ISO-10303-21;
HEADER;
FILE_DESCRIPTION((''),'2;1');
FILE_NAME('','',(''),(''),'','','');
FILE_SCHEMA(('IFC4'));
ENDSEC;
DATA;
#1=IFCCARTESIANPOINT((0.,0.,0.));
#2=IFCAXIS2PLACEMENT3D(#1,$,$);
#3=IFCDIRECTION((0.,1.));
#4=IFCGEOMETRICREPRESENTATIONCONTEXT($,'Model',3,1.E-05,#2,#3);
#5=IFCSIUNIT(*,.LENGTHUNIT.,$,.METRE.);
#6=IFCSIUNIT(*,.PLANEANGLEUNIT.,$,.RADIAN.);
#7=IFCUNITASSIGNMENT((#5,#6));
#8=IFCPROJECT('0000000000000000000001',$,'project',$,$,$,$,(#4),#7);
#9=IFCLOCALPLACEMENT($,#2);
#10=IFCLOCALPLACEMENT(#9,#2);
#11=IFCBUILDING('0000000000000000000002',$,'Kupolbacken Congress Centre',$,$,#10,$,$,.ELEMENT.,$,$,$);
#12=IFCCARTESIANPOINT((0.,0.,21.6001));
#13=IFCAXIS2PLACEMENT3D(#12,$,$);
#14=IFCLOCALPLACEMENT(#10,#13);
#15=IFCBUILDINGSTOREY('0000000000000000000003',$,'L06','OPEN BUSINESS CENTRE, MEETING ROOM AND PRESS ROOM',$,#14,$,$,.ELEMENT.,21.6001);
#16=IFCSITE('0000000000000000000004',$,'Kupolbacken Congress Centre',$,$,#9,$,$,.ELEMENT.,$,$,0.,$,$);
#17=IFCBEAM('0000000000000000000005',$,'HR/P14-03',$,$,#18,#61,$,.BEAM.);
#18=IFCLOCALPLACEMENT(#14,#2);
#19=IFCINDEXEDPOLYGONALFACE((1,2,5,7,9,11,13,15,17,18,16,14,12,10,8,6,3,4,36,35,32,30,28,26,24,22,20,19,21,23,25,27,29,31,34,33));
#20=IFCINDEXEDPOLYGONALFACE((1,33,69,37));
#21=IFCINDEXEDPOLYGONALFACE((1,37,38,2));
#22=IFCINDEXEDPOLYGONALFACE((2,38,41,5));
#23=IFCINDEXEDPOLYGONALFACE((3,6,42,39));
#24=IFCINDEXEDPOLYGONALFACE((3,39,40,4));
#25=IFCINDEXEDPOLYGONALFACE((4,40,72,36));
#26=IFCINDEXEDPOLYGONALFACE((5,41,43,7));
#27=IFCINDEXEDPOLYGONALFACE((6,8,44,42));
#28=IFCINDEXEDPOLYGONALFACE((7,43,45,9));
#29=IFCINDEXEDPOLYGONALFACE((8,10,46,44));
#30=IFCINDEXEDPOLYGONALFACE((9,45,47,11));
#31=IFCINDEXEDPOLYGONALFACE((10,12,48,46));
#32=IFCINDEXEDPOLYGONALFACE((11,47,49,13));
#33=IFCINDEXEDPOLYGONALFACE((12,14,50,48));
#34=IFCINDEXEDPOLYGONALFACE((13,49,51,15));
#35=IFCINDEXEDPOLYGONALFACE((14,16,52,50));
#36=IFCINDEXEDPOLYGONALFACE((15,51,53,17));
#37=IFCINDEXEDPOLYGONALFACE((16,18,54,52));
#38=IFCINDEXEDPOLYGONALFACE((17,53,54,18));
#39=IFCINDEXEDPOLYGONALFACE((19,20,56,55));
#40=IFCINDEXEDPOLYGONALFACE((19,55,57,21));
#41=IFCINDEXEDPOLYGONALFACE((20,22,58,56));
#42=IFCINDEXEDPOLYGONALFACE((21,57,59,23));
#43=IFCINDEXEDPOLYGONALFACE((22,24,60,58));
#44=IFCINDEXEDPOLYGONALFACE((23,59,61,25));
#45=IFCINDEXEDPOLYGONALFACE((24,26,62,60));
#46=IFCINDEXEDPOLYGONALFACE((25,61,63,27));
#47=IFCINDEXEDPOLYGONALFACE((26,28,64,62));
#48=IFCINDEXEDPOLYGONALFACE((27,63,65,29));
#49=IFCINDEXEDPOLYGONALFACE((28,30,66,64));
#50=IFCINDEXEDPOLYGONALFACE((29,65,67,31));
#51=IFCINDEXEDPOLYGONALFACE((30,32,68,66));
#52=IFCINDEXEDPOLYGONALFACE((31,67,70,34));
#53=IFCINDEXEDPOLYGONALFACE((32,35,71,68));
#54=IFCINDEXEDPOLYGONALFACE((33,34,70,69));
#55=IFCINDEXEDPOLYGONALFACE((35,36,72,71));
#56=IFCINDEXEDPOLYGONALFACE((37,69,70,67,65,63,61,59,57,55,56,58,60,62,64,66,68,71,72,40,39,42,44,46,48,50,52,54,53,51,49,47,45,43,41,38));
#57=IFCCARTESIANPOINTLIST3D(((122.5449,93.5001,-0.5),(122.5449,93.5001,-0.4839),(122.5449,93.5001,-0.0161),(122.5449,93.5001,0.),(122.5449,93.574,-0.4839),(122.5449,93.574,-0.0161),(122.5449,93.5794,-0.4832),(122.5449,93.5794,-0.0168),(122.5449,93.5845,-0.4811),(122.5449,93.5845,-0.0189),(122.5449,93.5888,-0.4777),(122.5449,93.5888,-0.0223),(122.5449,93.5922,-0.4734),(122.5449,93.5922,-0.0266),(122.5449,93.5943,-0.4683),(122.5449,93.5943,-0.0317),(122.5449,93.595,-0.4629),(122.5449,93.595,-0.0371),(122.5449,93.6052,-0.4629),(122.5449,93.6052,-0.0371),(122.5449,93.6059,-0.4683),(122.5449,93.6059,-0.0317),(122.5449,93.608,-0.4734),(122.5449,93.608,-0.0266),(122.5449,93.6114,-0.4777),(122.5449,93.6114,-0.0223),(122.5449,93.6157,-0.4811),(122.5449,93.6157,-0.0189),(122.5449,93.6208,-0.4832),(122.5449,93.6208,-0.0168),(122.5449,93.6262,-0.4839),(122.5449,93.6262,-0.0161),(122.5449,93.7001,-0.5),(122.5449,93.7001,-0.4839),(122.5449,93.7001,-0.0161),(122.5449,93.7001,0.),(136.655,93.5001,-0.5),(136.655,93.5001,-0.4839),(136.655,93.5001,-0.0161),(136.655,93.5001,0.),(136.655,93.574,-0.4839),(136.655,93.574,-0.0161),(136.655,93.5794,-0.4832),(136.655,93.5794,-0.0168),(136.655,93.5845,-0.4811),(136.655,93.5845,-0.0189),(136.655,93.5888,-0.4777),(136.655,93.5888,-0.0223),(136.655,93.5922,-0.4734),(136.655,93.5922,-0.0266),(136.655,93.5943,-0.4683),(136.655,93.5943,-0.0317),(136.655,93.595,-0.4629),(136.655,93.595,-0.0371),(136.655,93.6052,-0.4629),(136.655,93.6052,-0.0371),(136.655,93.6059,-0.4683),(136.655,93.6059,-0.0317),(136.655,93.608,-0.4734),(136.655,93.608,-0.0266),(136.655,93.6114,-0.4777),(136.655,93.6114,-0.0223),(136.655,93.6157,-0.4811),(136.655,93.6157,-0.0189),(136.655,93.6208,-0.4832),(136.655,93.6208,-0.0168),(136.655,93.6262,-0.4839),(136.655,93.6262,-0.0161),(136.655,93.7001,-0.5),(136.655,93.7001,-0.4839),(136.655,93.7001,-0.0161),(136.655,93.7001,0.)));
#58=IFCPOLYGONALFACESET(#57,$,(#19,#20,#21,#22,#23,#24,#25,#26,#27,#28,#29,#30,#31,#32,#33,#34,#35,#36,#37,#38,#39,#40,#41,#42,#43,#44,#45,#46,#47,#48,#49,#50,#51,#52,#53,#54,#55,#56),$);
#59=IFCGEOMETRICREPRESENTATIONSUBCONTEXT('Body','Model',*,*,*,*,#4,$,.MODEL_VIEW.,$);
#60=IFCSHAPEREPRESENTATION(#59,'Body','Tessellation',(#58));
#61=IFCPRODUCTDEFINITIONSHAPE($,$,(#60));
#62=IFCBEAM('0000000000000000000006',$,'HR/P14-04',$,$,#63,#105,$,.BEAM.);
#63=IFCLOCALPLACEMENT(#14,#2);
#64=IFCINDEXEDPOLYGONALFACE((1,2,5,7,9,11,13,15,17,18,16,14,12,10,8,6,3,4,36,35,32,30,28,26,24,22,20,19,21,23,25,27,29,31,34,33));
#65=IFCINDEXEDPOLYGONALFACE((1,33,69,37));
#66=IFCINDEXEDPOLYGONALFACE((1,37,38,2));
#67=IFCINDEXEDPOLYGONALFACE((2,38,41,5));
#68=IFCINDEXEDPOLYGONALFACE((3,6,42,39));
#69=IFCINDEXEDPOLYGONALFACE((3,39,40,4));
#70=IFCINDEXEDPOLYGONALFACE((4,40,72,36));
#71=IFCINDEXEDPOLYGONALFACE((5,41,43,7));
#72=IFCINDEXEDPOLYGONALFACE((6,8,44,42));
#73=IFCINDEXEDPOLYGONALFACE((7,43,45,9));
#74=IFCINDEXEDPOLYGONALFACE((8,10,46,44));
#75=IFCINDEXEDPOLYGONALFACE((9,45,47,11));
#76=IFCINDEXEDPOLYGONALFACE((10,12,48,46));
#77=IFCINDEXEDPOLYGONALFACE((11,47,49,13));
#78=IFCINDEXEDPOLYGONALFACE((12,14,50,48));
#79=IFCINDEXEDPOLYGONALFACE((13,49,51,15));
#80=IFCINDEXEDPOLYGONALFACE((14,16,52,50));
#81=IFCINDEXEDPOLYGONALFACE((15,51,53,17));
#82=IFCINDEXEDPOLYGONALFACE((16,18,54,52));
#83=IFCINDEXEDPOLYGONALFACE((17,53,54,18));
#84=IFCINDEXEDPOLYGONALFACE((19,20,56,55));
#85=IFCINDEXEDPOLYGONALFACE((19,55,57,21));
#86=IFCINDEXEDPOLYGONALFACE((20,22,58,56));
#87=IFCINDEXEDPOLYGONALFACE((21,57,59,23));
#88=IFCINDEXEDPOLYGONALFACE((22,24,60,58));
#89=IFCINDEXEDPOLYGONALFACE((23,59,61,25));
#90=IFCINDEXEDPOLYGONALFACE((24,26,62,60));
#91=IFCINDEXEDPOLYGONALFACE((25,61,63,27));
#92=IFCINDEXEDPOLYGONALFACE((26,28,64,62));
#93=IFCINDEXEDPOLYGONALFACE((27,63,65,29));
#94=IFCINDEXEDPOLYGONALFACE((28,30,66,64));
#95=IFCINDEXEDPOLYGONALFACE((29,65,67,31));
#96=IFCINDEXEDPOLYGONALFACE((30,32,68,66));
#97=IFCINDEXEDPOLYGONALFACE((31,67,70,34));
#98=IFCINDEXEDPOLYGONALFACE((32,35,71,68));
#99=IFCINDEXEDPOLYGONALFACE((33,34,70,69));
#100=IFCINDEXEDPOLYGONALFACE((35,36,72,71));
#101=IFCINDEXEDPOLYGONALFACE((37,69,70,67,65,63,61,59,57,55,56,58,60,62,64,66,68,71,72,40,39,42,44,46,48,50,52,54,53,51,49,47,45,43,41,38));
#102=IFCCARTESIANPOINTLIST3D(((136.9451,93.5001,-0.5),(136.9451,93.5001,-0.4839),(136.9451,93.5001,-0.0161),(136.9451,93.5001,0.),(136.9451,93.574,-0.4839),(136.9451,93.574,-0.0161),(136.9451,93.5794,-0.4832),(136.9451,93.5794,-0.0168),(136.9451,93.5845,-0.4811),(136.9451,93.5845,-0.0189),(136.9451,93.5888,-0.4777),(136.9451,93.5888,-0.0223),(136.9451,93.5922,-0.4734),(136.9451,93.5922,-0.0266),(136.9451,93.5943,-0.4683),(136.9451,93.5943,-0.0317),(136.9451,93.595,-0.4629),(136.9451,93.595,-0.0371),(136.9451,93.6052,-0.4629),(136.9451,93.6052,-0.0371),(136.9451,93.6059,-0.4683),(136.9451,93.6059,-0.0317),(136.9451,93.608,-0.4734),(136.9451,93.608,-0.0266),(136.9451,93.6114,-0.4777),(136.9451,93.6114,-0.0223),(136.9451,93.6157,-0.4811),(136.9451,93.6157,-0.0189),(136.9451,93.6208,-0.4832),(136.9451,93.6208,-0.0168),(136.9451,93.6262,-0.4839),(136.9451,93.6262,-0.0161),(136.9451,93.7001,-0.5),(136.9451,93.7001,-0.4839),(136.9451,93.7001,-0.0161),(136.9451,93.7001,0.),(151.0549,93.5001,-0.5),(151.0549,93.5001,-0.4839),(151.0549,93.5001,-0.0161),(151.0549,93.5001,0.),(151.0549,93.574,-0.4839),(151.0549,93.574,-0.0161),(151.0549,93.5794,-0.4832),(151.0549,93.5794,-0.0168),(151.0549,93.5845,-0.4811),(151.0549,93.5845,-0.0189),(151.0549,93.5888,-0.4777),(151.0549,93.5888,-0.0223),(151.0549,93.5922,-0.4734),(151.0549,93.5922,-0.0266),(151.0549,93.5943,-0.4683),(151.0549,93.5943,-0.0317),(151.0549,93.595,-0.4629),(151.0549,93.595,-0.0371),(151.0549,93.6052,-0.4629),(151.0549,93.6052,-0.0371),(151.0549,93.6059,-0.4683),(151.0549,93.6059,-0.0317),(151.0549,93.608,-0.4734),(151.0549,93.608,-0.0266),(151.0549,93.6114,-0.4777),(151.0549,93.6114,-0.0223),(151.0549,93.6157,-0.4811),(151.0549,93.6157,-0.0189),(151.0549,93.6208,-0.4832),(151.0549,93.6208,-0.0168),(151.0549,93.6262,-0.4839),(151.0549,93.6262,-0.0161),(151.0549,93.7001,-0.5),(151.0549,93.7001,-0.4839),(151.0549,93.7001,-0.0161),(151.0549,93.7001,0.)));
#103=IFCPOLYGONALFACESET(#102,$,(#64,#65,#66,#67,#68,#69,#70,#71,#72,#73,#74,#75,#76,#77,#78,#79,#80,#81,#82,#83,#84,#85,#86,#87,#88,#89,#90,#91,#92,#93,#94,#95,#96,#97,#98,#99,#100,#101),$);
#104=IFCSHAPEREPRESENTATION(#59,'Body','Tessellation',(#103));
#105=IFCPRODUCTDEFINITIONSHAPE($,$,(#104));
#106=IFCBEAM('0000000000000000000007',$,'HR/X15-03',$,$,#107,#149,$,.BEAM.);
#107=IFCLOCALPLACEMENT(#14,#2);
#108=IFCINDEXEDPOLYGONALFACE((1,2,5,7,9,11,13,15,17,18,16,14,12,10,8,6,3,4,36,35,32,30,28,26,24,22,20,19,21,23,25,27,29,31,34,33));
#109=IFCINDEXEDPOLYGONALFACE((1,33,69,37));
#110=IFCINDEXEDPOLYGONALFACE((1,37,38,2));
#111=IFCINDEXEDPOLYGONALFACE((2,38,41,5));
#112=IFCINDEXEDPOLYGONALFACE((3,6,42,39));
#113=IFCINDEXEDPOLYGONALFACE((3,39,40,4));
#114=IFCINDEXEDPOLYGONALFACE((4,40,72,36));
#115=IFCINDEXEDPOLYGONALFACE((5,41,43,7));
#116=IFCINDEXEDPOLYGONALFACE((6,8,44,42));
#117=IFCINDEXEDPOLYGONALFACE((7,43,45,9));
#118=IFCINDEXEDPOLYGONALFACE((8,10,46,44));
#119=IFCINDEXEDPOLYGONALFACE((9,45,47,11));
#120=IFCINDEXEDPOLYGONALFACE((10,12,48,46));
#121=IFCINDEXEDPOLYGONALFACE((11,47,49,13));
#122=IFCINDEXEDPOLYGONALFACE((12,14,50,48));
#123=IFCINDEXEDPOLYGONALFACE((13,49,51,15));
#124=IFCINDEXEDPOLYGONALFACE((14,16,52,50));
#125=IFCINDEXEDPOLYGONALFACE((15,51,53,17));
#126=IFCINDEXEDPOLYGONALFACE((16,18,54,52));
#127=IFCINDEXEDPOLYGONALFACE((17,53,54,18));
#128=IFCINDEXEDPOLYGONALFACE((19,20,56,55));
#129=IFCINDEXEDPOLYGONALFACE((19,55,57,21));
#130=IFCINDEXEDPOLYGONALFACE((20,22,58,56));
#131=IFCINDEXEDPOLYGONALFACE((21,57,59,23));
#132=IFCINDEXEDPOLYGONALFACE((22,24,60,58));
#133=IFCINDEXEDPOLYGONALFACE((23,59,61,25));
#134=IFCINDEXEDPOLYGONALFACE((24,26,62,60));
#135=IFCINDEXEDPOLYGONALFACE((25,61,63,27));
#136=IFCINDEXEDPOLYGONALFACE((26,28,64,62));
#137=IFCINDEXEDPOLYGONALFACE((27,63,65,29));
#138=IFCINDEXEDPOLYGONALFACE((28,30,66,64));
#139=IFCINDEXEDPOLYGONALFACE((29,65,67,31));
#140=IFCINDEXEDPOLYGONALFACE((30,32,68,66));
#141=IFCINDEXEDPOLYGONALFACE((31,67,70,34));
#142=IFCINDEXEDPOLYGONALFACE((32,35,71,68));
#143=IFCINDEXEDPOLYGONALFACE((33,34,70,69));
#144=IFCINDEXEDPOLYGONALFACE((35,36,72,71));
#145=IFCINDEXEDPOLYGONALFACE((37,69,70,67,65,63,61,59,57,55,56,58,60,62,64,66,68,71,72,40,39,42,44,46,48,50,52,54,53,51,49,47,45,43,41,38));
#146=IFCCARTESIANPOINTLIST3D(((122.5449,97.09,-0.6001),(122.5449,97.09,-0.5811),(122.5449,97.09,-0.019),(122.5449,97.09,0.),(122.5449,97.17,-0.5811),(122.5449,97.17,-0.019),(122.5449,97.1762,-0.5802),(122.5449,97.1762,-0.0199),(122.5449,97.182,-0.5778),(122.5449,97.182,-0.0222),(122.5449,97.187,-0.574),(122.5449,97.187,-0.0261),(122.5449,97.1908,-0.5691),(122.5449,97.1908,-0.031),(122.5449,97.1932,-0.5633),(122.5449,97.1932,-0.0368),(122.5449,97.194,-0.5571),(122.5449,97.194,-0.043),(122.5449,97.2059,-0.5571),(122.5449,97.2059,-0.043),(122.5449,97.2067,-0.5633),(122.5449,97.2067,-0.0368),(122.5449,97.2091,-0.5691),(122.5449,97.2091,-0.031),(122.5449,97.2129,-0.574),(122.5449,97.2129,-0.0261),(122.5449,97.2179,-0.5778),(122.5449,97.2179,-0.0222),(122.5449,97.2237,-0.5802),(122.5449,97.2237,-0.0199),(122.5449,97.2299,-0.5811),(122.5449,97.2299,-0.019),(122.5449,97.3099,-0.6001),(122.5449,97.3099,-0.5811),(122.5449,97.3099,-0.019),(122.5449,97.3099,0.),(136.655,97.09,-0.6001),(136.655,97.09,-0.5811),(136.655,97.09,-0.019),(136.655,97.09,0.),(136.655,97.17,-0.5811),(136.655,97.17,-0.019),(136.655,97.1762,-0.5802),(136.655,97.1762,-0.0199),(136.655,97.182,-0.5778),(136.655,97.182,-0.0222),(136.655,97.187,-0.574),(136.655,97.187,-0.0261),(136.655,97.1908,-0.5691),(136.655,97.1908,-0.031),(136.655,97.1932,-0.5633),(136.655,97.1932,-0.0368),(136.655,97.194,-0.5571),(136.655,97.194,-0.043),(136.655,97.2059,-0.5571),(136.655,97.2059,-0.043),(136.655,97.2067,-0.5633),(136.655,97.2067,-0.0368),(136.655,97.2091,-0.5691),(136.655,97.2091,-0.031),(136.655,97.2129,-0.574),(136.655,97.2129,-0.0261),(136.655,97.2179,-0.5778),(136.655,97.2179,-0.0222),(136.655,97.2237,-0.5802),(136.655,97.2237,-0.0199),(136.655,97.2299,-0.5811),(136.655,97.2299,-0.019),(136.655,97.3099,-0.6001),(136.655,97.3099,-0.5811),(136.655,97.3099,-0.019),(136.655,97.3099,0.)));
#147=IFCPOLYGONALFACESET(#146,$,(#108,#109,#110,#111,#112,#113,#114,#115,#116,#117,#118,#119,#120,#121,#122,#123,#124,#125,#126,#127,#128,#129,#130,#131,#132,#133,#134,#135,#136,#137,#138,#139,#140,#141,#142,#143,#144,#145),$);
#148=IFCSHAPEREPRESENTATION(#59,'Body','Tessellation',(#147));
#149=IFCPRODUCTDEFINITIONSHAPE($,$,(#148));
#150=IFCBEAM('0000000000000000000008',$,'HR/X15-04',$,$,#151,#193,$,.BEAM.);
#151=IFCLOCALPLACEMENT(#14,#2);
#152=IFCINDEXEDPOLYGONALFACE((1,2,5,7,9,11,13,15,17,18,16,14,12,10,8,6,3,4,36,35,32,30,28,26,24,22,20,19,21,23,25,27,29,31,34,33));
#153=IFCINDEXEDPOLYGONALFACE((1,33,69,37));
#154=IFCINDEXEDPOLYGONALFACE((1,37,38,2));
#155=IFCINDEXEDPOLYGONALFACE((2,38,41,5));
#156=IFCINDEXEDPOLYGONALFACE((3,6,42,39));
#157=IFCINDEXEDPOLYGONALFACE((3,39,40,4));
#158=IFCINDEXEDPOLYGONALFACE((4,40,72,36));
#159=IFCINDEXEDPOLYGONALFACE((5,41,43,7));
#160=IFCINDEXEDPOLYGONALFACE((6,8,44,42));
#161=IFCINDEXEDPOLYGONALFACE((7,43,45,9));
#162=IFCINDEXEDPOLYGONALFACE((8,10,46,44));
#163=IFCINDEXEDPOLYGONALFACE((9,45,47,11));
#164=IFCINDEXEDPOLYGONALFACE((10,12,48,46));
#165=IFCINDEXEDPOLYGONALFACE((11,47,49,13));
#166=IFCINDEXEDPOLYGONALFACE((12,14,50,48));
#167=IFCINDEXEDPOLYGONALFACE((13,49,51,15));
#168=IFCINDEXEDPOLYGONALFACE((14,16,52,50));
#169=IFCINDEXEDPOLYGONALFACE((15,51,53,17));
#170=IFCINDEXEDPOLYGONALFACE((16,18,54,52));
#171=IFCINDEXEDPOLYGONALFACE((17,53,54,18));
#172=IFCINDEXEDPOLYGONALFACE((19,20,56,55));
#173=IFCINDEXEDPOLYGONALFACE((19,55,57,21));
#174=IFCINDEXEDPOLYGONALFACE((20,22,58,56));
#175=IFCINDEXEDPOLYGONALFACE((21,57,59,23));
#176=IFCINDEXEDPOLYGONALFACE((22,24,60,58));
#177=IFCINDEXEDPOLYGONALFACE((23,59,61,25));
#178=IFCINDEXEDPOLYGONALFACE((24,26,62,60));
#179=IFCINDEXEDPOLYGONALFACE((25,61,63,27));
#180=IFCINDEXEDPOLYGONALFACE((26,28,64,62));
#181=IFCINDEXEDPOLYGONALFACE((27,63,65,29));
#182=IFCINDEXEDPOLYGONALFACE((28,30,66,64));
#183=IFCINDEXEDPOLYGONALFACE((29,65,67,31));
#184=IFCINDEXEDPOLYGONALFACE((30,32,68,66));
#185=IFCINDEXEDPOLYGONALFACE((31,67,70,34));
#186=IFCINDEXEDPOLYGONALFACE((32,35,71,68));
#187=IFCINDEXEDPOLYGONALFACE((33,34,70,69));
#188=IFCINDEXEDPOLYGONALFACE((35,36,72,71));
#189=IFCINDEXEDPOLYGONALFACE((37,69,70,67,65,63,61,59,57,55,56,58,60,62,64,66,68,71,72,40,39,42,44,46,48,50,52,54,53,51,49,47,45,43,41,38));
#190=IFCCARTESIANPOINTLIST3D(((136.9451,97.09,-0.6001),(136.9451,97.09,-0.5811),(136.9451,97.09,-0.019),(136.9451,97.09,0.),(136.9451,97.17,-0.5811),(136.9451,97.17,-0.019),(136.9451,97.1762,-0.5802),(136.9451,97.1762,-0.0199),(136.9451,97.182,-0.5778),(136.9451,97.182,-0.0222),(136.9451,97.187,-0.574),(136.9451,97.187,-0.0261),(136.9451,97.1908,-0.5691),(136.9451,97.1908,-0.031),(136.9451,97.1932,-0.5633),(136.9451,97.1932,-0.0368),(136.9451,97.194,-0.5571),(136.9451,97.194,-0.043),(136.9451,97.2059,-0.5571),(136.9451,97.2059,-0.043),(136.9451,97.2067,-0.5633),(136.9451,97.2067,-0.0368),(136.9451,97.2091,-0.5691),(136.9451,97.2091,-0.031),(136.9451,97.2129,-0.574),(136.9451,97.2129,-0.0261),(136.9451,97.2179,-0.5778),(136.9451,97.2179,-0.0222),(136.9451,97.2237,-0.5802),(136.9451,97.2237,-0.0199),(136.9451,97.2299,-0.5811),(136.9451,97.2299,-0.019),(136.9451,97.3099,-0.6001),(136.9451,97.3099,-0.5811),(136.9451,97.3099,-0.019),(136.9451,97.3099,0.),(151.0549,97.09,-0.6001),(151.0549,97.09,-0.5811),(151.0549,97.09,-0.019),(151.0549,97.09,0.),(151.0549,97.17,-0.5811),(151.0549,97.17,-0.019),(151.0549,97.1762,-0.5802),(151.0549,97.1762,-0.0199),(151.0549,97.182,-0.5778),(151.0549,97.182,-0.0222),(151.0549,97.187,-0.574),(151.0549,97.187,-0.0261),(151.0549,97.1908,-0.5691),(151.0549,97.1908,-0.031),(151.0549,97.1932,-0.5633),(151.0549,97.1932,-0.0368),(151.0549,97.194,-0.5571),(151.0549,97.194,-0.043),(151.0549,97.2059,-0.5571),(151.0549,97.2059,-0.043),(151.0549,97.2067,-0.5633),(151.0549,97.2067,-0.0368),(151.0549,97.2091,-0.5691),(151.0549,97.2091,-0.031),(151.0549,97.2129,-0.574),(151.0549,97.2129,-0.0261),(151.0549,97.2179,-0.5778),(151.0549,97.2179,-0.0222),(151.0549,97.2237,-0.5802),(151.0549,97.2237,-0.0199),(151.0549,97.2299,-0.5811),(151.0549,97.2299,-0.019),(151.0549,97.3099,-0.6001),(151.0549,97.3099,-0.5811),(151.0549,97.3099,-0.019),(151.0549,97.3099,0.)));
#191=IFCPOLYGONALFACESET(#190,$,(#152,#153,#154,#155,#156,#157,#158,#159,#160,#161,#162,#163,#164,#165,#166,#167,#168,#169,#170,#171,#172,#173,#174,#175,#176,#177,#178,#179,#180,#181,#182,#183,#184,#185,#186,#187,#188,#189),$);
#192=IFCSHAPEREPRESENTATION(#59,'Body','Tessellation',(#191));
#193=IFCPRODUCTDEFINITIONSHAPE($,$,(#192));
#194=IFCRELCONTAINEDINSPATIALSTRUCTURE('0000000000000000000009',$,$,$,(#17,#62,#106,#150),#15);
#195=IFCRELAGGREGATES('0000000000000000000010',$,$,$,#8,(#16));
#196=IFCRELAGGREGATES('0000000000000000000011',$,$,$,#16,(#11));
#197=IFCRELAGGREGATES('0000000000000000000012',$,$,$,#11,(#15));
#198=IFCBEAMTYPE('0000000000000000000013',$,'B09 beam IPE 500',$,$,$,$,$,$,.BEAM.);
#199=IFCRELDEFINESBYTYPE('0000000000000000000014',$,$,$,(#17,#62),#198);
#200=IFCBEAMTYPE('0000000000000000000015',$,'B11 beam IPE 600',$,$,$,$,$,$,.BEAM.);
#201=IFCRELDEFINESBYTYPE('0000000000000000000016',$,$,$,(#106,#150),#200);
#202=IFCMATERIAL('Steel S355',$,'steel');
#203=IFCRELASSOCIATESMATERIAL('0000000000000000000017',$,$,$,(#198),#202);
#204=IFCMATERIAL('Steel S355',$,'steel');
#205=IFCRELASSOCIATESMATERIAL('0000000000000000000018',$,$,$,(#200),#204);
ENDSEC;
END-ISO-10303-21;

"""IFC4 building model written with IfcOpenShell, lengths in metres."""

from ifc_helpers import new_model, si_unit, direction, frame, origin, origin_2d, place, context, subcontext, project, spatial, i_section, extrude, material, material_profile, profile_set, type_object, element, save


model = new_model("IFC4")

# Units and contexts
model_context = context("Model", 3, precision=1e-05, world=origin(), true_north=direction((0.0, 1.0)))
body_context = subcontext(model_context, "Body", "Model", "MODEL_VIEW")
ifc_project = project(units=[si_unit("LENGTHUNIT", "METRE"), si_unit("PLANEANGLEUNIT", "RADIAN")], contexts=[model_context])

# Site, building, storey
site_placement = place(None, origin())
site = spatial("IfcSite", under=ifc_project, at=site_placement, Name="Kupolbacken Congress Centre", CompositionType="ELEMENT", RefElevation=0.0)
building_placement = place(site_placement, origin())
building = spatial("IfcBuilding", under=site, at=building_placement, Name="Kupolbacken Congress Centre", CompositionType="ELEMENT")
storey_placement = place(building_placement, frame((0.0, 0.0, 21.6001)))
storey = spatial("IfcBuildingStorey", under=building, at=storey_placement, Name="L06", Description="OPEN BUSINESS CENTRE, MEETING ROOM AND PRESS ROOM", CompositionType="ELEMENT", Elevation=21.6001)

# Beams
ifc_material_1 = material(Name="Steel S355", Category="steel")
ifc_material_profile_1 = material_profile(ifc_material_1, i_section(OverallWidth=0.2, OverallDepth=0.5, WebThickness=0.0103, FlangeThickness=0.0161, FilletRadius=0.021, at=origin_2d()), Name="IPE 500")
ifc_profile_set_1 = profile_set([ifc_material_profile_1], Name="Steel S355")
beam_type_1 = type_object("IfcBeamType", Name="B09 beam IPE 500", PredefinedType="BEAM", material=ifc_profile_set_1)
beam_1_placement = place(storey_placement, frame((122.5449, 93.6001, -0.25), z_axis=(1.0, 0.0, 0.0), x_axis=(0.0, 1.0, 0.0)))
element("IfcBeam", 1, at=beam_1_placement, inside=storey, type_object=beam_type_1, Name="HR/P14-03", PredefinedType="BEAM", context=body_context, shape_type="SweptSolid", body=[
    extrude(i_section(OverallWidth=0.2, OverallDepth=0.5, WebThickness=0.0103, FlangeThickness=0.0161, FilletRadius=0.021, at=origin_2d()), origin(), (0.0, 0.0, 1.0), 14.1101),
])
beam_2_placement = place(storey_placement, frame((136.9451, 93.6001, -0.25), z_axis=(1.0, 0.0, 0.0), x_axis=(0.0, 1.0, 0.0)))
element("IfcBeam", 2, at=beam_2_placement, inside=storey, type_object=beam_type_1, Name="HR/P14-04", PredefinedType="BEAM", context=body_context, shape_type="SweptSolid", body=[
    extrude(i_section(OverallWidth=0.2, OverallDepth=0.5, WebThickness=0.0103, FlangeThickness=0.0161, FilletRadius=0.021, at=origin_2d()), origin(), (0.0, 0.0, 1.0), 14.1099),
])
ifc_material_2 = material(Name="Steel S355", Category="steel")
ifc_material_profile_2 = material_profile(ifc_material_2, i_section(OverallWidth=0.22, OverallDepth=0.6001, WebThickness=0.012, FlangeThickness=0.019, FilletRadius=0.0239, at=origin_2d()), Name="IPE 600")
ifc_profile_set_2 = profile_set([ifc_material_profile_2], Name="Steel S355")
beam_type_2 = type_object("IfcBeamType", Name="B11 beam IPE 600", PredefinedType="BEAM", material=ifc_profile_set_2)
beam_3_placement = place(storey_placement, frame((122.5449, 97.2, -0.3), z_axis=(1.0, 0.0, 0.0), x_axis=(0.0, 1.0, 0.0)))
element("IfcBeam", 3, at=beam_3_placement, inside=storey, type_object=beam_type_2, Name="HR/X15-03", PredefinedType="BEAM", context=body_context, shape_type="SweptSolid", body=[
    extrude(i_section(OverallWidth=0.22, OverallDepth=0.6001, WebThickness=0.012, FlangeThickness=0.019, FilletRadius=0.0239, at=origin_2d()), origin(), (0.0, 0.0, 1.0), 14.1101),
])
beam_4_placement = place(storey_placement, frame((136.9451, 97.2, -0.3), z_axis=(1.0, 0.0, 0.0), x_axis=(0.0, 1.0, 0.0)))
element("IfcBeam", 4, at=beam_4_placement, inside=storey, type_object=beam_type_2, Name="HR/X15-04", PredefinedType="BEAM", context=body_context, shape_type="SweptSolid", body=[
    extrude(i_section(OverallWidth=0.22, OverallDepth=0.6001, WebThickness=0.012, FlangeThickness=0.019, FilletRadius=0.0239, at=origin_2d()), origin(), (0.0, 0.0, 1.0), 14.1099),
])

save(model, "model.ifc")
